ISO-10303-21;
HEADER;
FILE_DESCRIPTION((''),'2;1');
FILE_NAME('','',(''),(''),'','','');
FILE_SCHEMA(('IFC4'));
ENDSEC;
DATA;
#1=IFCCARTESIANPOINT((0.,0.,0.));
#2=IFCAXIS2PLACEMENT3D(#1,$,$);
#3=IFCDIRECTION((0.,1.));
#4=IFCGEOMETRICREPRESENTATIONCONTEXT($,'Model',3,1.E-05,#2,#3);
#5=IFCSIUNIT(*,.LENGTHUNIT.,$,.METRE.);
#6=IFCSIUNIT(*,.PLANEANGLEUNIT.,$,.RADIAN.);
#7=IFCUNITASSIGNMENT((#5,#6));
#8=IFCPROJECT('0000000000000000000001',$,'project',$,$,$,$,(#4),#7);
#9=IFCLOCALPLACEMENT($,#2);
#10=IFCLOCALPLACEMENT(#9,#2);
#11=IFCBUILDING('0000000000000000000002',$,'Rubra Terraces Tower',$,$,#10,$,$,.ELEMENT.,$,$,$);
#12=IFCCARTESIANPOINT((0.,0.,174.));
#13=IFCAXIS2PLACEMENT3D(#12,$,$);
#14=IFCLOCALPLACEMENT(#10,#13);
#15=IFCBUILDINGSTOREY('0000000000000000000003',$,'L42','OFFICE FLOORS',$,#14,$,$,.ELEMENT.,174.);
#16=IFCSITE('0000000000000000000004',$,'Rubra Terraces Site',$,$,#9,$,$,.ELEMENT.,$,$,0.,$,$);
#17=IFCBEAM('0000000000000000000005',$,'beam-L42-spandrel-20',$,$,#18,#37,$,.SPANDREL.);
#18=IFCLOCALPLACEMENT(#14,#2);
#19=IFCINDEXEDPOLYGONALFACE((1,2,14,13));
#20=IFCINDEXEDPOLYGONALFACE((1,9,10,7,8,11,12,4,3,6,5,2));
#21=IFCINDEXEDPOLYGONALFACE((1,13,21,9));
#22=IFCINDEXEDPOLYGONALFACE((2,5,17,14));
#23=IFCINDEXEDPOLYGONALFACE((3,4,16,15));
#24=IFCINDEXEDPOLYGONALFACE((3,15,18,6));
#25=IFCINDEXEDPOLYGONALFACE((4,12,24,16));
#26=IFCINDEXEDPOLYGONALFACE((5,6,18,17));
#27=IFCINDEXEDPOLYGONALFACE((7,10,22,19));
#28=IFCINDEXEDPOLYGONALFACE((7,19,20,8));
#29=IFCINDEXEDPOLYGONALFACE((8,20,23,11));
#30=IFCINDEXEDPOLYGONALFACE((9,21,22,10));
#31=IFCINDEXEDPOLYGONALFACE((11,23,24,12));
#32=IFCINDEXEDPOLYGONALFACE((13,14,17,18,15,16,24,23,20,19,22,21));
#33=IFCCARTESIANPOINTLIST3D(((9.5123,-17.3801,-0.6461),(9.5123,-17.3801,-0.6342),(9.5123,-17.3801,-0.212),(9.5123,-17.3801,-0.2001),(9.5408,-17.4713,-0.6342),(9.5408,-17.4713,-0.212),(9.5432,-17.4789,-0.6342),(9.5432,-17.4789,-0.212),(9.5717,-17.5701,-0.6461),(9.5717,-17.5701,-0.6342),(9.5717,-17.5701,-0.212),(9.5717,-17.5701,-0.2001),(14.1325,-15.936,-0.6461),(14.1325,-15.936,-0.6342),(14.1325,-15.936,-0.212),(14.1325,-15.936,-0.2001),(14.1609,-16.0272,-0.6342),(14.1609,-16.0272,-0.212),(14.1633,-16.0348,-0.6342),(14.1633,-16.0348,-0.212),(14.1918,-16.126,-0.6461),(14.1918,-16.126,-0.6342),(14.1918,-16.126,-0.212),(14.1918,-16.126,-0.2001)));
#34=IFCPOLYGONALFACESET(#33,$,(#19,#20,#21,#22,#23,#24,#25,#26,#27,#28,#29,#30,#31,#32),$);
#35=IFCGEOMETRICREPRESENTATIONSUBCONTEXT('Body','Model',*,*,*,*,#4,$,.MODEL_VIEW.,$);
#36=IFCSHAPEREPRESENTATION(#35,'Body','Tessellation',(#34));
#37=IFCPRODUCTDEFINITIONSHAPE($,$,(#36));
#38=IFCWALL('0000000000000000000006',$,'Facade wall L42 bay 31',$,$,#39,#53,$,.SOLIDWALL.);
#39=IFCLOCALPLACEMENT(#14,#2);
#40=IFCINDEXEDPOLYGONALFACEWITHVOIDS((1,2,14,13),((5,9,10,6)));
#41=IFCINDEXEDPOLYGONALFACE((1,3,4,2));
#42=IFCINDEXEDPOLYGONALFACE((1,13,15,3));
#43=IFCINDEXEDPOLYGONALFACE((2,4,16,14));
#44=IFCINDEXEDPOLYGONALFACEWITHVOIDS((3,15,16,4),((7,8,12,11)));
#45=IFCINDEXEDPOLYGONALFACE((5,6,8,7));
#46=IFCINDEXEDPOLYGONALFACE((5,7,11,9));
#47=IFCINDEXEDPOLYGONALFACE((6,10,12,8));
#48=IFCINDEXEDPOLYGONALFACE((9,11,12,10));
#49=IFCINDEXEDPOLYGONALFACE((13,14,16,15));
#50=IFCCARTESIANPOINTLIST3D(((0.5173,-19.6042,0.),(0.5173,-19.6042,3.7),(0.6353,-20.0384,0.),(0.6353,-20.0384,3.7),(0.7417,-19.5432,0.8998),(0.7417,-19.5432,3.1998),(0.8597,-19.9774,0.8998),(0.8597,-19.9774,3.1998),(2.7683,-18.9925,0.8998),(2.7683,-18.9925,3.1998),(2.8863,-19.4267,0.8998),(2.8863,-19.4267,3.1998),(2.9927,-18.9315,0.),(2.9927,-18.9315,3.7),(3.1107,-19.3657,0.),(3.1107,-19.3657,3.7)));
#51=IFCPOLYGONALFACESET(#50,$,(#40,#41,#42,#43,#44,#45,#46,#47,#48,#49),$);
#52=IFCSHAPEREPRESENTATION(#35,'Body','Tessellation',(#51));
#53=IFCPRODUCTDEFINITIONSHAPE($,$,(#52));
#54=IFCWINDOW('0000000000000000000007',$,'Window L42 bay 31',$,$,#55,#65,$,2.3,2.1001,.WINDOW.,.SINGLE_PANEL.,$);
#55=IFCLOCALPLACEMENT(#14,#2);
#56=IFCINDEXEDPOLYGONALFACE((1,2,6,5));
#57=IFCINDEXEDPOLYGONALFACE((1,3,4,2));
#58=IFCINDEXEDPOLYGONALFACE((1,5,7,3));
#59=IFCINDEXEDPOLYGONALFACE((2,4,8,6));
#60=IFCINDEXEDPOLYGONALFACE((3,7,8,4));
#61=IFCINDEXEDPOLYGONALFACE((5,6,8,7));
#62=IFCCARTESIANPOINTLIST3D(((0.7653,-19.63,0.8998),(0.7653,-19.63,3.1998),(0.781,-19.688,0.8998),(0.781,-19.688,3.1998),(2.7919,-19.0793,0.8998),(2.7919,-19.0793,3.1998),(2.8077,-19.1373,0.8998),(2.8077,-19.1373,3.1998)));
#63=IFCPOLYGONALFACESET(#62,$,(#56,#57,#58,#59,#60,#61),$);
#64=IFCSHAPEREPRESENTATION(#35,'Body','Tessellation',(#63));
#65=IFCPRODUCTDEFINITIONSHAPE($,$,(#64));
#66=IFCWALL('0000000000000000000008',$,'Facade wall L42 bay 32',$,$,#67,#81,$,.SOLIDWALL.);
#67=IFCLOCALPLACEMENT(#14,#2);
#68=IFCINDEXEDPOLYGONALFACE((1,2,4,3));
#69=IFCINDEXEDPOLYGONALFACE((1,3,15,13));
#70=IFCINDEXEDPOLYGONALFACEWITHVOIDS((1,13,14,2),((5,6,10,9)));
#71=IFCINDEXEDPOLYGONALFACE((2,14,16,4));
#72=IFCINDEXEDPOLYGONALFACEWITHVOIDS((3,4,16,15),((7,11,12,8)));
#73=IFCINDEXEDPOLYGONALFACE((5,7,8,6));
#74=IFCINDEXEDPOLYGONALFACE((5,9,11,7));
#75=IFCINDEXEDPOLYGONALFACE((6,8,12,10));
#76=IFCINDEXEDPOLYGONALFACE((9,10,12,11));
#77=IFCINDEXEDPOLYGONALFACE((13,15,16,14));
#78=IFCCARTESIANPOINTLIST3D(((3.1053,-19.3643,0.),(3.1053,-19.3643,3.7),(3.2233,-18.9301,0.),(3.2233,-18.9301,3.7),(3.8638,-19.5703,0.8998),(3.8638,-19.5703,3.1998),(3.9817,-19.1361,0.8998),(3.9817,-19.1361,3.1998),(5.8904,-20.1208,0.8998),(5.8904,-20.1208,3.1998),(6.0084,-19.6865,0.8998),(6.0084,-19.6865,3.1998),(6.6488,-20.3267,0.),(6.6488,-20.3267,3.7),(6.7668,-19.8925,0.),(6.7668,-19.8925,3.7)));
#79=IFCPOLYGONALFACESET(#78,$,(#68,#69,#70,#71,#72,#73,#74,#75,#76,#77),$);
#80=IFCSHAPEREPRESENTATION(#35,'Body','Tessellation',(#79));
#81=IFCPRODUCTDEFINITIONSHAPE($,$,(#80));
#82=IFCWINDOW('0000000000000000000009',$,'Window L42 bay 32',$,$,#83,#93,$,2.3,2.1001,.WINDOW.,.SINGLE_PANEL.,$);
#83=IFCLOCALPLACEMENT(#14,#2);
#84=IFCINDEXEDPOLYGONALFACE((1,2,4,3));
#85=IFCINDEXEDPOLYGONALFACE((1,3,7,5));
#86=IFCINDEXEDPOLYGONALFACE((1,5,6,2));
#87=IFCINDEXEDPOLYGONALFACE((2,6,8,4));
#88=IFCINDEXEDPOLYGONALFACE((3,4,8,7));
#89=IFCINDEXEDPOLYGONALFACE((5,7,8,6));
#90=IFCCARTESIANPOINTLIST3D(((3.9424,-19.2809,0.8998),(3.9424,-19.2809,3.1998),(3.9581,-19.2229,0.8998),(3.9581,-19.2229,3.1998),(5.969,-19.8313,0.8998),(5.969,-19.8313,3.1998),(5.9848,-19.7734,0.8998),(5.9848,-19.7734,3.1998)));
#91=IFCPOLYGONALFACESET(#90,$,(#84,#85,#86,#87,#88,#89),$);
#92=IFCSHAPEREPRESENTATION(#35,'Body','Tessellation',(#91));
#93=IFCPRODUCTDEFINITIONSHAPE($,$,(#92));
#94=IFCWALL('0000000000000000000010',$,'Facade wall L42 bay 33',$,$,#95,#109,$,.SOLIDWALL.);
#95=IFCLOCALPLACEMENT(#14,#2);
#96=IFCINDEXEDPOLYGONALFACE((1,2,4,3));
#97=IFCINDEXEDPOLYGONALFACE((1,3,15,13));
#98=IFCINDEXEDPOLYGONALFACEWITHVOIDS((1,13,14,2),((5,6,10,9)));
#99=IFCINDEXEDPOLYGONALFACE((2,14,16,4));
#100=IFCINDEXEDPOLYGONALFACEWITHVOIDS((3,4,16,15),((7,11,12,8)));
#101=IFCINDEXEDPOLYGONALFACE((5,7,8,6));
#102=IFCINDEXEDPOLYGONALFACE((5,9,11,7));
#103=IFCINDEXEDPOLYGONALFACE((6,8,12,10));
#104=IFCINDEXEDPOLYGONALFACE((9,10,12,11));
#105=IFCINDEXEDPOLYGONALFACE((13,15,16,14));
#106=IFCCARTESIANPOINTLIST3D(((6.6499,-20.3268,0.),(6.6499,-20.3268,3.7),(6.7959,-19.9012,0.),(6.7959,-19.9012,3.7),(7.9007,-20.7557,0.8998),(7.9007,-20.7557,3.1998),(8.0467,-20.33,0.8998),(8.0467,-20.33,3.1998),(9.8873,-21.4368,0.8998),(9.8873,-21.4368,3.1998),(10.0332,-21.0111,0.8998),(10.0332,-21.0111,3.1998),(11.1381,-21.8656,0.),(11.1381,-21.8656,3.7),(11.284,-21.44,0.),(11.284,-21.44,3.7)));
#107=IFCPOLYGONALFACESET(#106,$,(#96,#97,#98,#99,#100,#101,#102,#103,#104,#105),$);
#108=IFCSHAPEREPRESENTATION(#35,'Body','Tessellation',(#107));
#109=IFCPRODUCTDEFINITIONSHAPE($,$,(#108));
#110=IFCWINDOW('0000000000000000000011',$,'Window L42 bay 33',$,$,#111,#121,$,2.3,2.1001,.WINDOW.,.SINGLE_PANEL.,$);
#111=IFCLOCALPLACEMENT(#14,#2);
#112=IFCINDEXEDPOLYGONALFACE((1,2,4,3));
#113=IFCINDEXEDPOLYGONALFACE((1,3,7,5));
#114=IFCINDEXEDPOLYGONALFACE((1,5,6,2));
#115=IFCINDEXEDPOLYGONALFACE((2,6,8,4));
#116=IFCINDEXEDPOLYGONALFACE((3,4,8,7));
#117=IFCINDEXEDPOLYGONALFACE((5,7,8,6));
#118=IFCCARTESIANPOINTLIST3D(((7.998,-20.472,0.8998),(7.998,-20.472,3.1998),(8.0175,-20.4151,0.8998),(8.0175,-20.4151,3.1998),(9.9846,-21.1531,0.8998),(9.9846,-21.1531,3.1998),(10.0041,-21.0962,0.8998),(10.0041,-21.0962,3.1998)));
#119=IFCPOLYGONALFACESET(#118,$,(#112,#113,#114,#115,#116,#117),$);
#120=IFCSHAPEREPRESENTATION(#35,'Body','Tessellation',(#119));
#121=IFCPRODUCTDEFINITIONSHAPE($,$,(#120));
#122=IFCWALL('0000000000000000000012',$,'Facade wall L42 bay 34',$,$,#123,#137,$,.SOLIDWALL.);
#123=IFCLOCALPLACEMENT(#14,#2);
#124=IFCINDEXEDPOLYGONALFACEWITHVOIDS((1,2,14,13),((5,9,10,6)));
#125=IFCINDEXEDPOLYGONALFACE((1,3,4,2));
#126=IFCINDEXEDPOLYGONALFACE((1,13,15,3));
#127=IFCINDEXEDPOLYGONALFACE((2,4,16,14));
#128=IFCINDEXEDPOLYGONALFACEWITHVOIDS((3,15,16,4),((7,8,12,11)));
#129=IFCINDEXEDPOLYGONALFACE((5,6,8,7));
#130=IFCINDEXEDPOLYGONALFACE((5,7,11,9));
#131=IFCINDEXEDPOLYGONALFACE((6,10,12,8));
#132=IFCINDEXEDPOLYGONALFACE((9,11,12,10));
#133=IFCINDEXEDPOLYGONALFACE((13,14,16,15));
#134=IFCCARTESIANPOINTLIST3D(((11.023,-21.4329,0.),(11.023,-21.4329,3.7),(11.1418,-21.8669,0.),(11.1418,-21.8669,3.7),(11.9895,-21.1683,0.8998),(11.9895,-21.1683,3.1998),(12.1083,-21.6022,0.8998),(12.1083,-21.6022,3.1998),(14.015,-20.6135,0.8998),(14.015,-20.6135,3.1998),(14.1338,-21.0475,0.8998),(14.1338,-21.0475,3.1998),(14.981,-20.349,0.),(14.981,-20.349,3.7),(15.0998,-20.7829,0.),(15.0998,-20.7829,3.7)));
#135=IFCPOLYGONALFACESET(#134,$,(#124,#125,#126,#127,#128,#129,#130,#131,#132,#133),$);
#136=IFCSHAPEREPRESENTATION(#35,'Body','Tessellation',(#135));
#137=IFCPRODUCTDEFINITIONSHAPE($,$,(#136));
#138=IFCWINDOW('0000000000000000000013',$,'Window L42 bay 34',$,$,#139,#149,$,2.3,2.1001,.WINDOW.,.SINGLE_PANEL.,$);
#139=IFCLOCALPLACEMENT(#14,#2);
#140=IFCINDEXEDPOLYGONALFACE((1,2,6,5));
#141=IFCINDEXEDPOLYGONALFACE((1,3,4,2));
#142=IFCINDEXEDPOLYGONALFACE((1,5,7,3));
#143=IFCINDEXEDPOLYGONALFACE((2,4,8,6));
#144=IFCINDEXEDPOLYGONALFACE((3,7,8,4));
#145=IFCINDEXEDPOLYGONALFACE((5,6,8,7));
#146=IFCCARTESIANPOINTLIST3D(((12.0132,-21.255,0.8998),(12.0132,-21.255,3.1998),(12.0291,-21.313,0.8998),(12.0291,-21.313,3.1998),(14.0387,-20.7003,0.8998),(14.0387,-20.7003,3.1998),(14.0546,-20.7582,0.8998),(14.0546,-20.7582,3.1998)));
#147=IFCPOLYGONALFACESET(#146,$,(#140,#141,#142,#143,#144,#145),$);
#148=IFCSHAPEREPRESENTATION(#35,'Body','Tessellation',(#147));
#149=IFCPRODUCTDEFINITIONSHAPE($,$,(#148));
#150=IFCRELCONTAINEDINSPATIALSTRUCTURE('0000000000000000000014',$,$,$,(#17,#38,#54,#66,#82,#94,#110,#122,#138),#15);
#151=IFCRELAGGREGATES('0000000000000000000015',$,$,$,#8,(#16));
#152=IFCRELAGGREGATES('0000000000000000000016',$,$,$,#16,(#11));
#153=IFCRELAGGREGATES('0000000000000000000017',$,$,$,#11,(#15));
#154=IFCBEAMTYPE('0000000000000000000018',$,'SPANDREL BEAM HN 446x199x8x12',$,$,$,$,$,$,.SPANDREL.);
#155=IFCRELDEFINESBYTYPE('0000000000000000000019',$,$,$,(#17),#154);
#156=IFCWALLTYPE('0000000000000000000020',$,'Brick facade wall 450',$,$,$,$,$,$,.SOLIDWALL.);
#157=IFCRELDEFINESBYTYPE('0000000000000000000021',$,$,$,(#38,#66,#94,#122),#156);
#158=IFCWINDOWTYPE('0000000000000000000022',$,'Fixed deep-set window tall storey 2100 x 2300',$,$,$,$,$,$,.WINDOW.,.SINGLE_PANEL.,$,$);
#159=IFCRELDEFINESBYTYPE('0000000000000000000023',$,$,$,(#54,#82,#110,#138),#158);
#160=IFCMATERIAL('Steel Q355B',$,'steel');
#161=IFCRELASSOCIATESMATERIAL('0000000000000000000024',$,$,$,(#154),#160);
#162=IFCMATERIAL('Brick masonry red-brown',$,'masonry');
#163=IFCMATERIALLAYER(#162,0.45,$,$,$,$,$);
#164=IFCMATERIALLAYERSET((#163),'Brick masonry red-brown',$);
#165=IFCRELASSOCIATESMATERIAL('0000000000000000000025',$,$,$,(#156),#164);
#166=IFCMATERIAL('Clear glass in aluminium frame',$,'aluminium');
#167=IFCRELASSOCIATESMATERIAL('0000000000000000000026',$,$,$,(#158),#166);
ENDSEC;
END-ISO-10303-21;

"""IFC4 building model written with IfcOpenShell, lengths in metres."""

from ifc_helpers import new_model, si_unit, direction, frame, frame_2d, origin, origin_2d, place, context, subcontext, project, spatial, rectangle, i_section, extrude, material, layer, layer_set, material_profile, profile_set, type_object, element, fill, save


model = new_model("IFC4")

# Units and contexts
model_context = context("Model", 3, precision=1e-05, world=origin(), true_north=direction((0.0, 1.0)))
body_context = subcontext(model_context, "Body", "Model", "MODEL_VIEW")
ifc_project = project(units=[si_unit("LENGTHUNIT", "METRE"), si_unit("PLANEANGLEUNIT", "RADIAN")], contexts=[model_context])

# Site, building, storey
site_placement = place(None, origin())
site = spatial("IfcSite", under=ifc_project, at=site_placement, Name="Rubra Terraces Site", CompositionType="ELEMENT", RefElevation=0.0)
building_placement = place(site_placement, origin())
building = spatial("IfcBuilding", under=site, at=building_placement, Name="Rubra Terraces Tower", CompositionType="ELEMENT")
storey_placement = place(building_placement, frame((0.0, 0.0, 174.0)))
storey = spatial("IfcBuildingStorey", under=building, at=storey_placement, Name="L42", Description="OFFICE FLOORS", CompositionType="ELEMENT", Elevation=174.0)

# Beam
ifc_material_1 = material(Name="Steel Q355B", Category="steel")
ifc_material_profile_1 = material_profile(ifc_material_1, i_section(OverallWidth=0.199, OverallDepth=0.446, WebThickness=0.0081, FlangeThickness=0.012, at=origin_2d()), Name="HN 446x199x8x12")
ifc_profile_set_1 = profile_set([ifc_material_profile_1], Name="Steel Q355B")
beam_type_1 = type_object("IfcBeamType", Name="SPANDREL BEAM HN 446x199x8x12", PredefinedType="SPANDREL", material=ifc_profile_set_1)
beam_1_placement = place(storey_placement, frame((9.542, -17.4751, -0.4231), z_axis=(0.954462, 0.298332, 0.0), x_axis=(-0.298332, 0.954462, 0.0)))
element("IfcBeam", 1, at=beam_1_placement, inside=storey, type_object=beam_type_1, Name="beam-L42-spandrel-20", PredefinedType="SPANDREL", context=body_context, shape_type="SweptSolid", body=[
    extrude(i_section(OverallWidth=0.199, OverallDepth=0.446, WebThickness=0.0081, FlangeThickness=0.012, at=origin_2d()), origin(), (0.0, 0.0, 1.0), 4.8406),
])

# Walls, openings, windows
ifc_material_2 = material(Name="Brick masonry red-brown", Category="masonry")
ifc_layer_1 = layer(ifc_material_2, 0.45)
ifc_layer_set_1 = layer_set([ifc_layer_1], Name="Brick masonry red-brown")
wall_type_1 = type_object("IfcWallType", Name="Brick facade wall 450", PredefinedType="SOLIDWALL", material=ifc_layer_set_1)
wall_1_placement = place(storey_placement, frame((0.5762, -19.8213, 0.0), z_axis=(0.0, 0.0, 1.0), x_axis=(0.965009, 0.262215, 0.0)))
wall_1 = element("IfcWall", 2, at=wall_1_placement, inside=storey, type_object=wall_type_1, Name="Facade wall L42 bay 31", PredefinedType="SOLIDWALL", context=body_context, shape_type="SweptSolid", body=[
    extrude(rectangle(XDim=2.5652, YDim=0.45, at=frame_2d((1.2827, 0.0))), origin(), (0.0, 0.0, 1.0), 3.7),
])
opening_1_placement = place(wall_1_placement, frame((0.2327, 0.0, 0.8999)))
opening_1 = element("IfcOpeningElement", 3, at=opening_1_placement, cuts=wall_1, PredefinedType="OPENING", context=body_context, shape_type="SweptSolid", body=[
    extrude(rectangle(XDim=2.1001, YDim=2.3, at=frame_2d((1.05, 1.1499))), frame((0.0, 0.2349, 0.0), z_axis=(0.0, -1.0, 0.0), x_axis=(1.0, 0.0, 0.0)), (0.0, 0.0, 1.0), 0.47),
])
ifc_material_3 = material(Name="Clear glass in aluminium frame", Category="aluminium")
window_type = type_object("IfcWindowType", Name="Fixed deep-set window tall storey 2100 x 2300", PartitioningType="SINGLE_PANEL", PredefinedType="WINDOW", material=ifc_material_3)
window_1_placement = place(opening_1_placement, origin())
window_1 = element("IfcWindow", 4, at=window_1_placement, inside=storey, type_object=window_type, Name="Window L42 bay 31", OverallHeight=2.3, OverallWidth=2.1001, PartitioningType="SINGLE_PANEL", PredefinedType="WINDOW", context=body_context, shape_type="SweptSolid", body=[
    extrude(rectangle(XDim=2.1001, YDim=2.3, at=frame_2d((1.05, 1.1499))), frame((0.0, 0.135, 0.0), z_axis=(0.0, -1.0, 0.0), x_axis=(1.0, 0.0, 0.0)), (0.0, 0.0, 1.0), 0.0601),
])
fill(opening_1, window_1)
wall_2_placement = place(storey_placement, frame((3.1643, -19.1472, 0.0), z_axis=(0.0, 0.0, 1.0), x_axis=(0.965039, -0.262105, 0.0)))
wall_2 = element("IfcWall", 5, at=wall_2_placement, inside=storey, type_object=wall_type_1, Name="Facade wall L42 bay 32", PredefinedType="SOLIDWALL", context=body_context, shape_type="SweptSolid", body=[
    extrude(rectangle(XDim=3.6719, YDim=0.45, at=frame_2d((1.8359, 0.0))), origin(), (0.0, 0.0, 1.0), 3.7),
])
opening_2_placement = place(wall_2_placement, frame((0.7859, 0.0, 0.8999)))
opening_2 = element("IfcOpeningElement", 6, at=opening_2_placement, cuts=wall_2, PredefinedType="OPENING", context=body_context, shape_type="SweptSolid", body=[
    extrude(rectangle(XDim=2.1001, YDim=2.3, at=frame_2d((1.05, 1.1499))), frame((0.0, 0.2349, 0.0), z_axis=(0.0, -1.0, 0.0), x_axis=(1.0, 0.0, 0.0)), (0.0, 0.0, 1.0), 0.47),
])
window_2_placement = place(opening_2_placement, origin())
window_2 = element("IfcWindow", 7, at=window_2_placement, inside=storey, type_object=window_type, Name="Window L42 bay 32", OverallHeight=2.3, OverallWidth=2.1001, PartitioningType="SINGLE_PANEL", PredefinedType="WINDOW", context=body_context, shape_type="SweptSolid", body=[
    extrude(rectangle(XDim=2.1001, YDim=2.3, at=frame_2d((1.05, 1.1499))), frame((0.0, 0.135, 0.0), z_axis=(0.0, -1.0, 0.0), x_axis=(1.0, 0.0, 0.0)), (0.0, 0.0, 1.0), 0.0601),
])
fill(opening_2, window_2)
wall_3_placement = place(storey_placement, frame((6.7229, -20.114, 0.0), z_axis=(0.0, 0.0, 1.0), x_axis=(0.945947, -0.32432, 0.0)))
wall_3 = element("IfcWall", 8, at=wall_3_placement, inside=storey, type_object=wall_type_1, Name="Facade wall L42 bay 33", PredefinedType="SOLIDWALL", context=body_context, shape_type="SweptSolid", body=[
    extrude(rectangle(XDim=4.7446, YDim=0.45, at=frame_2d((2.3723, 0.0))), origin(), (0.0, 0.0, 1.0), 3.7),
])
opening_3_placement = place(wall_3_placement, frame((1.3223, 0.0, 0.8999)))
opening_3 = element("IfcOpeningElement", 9, at=opening_3_placement, cuts=wall_3, PredefinedType="OPENING", context=body_context, shape_type="SweptSolid", body=[
    extrude(rectangle(XDim=2.1001, YDim=2.3, at=frame_2d((1.05, 1.1499))), frame((0.0, 0.2349, 0.0), z_axis=(0.0, -1.0, 0.0), x_axis=(1.0, 0.0, 0.0)), (0.0, 0.0, 1.0), 0.47),
])
window_3_placement = place(opening_3_placement, origin())
window_3 = element("IfcWindow", 10, at=window_3_placement, inside=storey, type_object=window_type, Name="Window L42 bay 33", OverallHeight=2.3, OverallWidth=2.1001, PartitioningType="SINGLE_PANEL", PredefinedType="WINDOW", context=body_context, shape_type="SweptSolid", body=[
    extrude(rectangle(XDim=2.1001, YDim=2.3, at=frame_2d((1.05, 1.1499))), frame((0.0, 0.135, 0.0), z_axis=(0.0, -1.0, 0.0), x_axis=(1.0, 0.0, 0.0)), (0.0, 0.0, 1.0), 0.0601),
])
fill(opening_3, window_3)
wall_4_placement = place(storey_placement, frame((11.0825, -21.6499, 0.0), z_axis=(0.0, 0.0, 1.0), x_axis=(0.964483, 0.264144, 0.0)))
wall_4 = element("IfcWall", 11, at=wall_4_placement, inside=storey, type_object=wall_type_1, Name="Facade wall L42 bay 34", PredefinedType="SOLIDWALL", context=body_context, shape_type="SweptSolid", body=[
    extrude(rectangle(XDim=4.1038, YDim=0.45, at=frame_2d((2.0518, 0.0))), origin(), (0.0, 0.0, 1.0), 3.7),
])
opening_4_placement = place(wall_4_placement, frame((1.002, 0.0, 0.8999)))
opening_4 = element("IfcOpeningElement", 12, at=opening_4_placement, cuts=wall_4, PredefinedType="OPENING", context=body_context, shape_type="SweptSolid", body=[
    extrude(rectangle(XDim=2.1001, YDim=2.3, at=frame_2d((1.05, 1.1499))), frame((0.0, 0.2349, 0.0), z_axis=(0.0, -1.0, 0.0), x_axis=(1.0, 0.0, 0.0)), (0.0, 0.0, 1.0), 0.47),
])
window_4_placement = place(opening_4_placement, origin())
window_4 = element("IfcWindow", 13, at=window_4_placement, inside=storey, type_object=window_type, Name="Window L42 bay 34", OverallHeight=2.3, OverallWidth=2.1001, PartitioningType="SINGLE_PANEL", PredefinedType="WINDOW", context=body_context, shape_type="SweptSolid", body=[
    extrude(rectangle(XDim=2.1001, YDim=2.3, at=frame_2d((1.05, 1.1499))), frame((0.0, 0.135, 0.0), z_axis=(0.0, -1.0, 0.0), x_axis=(1.0, 0.0, 0.0)), (0.0, 0.0, 1.0), 0.0601),
])
fill(opening_4, window_4)

save(model, "model.ifc")
